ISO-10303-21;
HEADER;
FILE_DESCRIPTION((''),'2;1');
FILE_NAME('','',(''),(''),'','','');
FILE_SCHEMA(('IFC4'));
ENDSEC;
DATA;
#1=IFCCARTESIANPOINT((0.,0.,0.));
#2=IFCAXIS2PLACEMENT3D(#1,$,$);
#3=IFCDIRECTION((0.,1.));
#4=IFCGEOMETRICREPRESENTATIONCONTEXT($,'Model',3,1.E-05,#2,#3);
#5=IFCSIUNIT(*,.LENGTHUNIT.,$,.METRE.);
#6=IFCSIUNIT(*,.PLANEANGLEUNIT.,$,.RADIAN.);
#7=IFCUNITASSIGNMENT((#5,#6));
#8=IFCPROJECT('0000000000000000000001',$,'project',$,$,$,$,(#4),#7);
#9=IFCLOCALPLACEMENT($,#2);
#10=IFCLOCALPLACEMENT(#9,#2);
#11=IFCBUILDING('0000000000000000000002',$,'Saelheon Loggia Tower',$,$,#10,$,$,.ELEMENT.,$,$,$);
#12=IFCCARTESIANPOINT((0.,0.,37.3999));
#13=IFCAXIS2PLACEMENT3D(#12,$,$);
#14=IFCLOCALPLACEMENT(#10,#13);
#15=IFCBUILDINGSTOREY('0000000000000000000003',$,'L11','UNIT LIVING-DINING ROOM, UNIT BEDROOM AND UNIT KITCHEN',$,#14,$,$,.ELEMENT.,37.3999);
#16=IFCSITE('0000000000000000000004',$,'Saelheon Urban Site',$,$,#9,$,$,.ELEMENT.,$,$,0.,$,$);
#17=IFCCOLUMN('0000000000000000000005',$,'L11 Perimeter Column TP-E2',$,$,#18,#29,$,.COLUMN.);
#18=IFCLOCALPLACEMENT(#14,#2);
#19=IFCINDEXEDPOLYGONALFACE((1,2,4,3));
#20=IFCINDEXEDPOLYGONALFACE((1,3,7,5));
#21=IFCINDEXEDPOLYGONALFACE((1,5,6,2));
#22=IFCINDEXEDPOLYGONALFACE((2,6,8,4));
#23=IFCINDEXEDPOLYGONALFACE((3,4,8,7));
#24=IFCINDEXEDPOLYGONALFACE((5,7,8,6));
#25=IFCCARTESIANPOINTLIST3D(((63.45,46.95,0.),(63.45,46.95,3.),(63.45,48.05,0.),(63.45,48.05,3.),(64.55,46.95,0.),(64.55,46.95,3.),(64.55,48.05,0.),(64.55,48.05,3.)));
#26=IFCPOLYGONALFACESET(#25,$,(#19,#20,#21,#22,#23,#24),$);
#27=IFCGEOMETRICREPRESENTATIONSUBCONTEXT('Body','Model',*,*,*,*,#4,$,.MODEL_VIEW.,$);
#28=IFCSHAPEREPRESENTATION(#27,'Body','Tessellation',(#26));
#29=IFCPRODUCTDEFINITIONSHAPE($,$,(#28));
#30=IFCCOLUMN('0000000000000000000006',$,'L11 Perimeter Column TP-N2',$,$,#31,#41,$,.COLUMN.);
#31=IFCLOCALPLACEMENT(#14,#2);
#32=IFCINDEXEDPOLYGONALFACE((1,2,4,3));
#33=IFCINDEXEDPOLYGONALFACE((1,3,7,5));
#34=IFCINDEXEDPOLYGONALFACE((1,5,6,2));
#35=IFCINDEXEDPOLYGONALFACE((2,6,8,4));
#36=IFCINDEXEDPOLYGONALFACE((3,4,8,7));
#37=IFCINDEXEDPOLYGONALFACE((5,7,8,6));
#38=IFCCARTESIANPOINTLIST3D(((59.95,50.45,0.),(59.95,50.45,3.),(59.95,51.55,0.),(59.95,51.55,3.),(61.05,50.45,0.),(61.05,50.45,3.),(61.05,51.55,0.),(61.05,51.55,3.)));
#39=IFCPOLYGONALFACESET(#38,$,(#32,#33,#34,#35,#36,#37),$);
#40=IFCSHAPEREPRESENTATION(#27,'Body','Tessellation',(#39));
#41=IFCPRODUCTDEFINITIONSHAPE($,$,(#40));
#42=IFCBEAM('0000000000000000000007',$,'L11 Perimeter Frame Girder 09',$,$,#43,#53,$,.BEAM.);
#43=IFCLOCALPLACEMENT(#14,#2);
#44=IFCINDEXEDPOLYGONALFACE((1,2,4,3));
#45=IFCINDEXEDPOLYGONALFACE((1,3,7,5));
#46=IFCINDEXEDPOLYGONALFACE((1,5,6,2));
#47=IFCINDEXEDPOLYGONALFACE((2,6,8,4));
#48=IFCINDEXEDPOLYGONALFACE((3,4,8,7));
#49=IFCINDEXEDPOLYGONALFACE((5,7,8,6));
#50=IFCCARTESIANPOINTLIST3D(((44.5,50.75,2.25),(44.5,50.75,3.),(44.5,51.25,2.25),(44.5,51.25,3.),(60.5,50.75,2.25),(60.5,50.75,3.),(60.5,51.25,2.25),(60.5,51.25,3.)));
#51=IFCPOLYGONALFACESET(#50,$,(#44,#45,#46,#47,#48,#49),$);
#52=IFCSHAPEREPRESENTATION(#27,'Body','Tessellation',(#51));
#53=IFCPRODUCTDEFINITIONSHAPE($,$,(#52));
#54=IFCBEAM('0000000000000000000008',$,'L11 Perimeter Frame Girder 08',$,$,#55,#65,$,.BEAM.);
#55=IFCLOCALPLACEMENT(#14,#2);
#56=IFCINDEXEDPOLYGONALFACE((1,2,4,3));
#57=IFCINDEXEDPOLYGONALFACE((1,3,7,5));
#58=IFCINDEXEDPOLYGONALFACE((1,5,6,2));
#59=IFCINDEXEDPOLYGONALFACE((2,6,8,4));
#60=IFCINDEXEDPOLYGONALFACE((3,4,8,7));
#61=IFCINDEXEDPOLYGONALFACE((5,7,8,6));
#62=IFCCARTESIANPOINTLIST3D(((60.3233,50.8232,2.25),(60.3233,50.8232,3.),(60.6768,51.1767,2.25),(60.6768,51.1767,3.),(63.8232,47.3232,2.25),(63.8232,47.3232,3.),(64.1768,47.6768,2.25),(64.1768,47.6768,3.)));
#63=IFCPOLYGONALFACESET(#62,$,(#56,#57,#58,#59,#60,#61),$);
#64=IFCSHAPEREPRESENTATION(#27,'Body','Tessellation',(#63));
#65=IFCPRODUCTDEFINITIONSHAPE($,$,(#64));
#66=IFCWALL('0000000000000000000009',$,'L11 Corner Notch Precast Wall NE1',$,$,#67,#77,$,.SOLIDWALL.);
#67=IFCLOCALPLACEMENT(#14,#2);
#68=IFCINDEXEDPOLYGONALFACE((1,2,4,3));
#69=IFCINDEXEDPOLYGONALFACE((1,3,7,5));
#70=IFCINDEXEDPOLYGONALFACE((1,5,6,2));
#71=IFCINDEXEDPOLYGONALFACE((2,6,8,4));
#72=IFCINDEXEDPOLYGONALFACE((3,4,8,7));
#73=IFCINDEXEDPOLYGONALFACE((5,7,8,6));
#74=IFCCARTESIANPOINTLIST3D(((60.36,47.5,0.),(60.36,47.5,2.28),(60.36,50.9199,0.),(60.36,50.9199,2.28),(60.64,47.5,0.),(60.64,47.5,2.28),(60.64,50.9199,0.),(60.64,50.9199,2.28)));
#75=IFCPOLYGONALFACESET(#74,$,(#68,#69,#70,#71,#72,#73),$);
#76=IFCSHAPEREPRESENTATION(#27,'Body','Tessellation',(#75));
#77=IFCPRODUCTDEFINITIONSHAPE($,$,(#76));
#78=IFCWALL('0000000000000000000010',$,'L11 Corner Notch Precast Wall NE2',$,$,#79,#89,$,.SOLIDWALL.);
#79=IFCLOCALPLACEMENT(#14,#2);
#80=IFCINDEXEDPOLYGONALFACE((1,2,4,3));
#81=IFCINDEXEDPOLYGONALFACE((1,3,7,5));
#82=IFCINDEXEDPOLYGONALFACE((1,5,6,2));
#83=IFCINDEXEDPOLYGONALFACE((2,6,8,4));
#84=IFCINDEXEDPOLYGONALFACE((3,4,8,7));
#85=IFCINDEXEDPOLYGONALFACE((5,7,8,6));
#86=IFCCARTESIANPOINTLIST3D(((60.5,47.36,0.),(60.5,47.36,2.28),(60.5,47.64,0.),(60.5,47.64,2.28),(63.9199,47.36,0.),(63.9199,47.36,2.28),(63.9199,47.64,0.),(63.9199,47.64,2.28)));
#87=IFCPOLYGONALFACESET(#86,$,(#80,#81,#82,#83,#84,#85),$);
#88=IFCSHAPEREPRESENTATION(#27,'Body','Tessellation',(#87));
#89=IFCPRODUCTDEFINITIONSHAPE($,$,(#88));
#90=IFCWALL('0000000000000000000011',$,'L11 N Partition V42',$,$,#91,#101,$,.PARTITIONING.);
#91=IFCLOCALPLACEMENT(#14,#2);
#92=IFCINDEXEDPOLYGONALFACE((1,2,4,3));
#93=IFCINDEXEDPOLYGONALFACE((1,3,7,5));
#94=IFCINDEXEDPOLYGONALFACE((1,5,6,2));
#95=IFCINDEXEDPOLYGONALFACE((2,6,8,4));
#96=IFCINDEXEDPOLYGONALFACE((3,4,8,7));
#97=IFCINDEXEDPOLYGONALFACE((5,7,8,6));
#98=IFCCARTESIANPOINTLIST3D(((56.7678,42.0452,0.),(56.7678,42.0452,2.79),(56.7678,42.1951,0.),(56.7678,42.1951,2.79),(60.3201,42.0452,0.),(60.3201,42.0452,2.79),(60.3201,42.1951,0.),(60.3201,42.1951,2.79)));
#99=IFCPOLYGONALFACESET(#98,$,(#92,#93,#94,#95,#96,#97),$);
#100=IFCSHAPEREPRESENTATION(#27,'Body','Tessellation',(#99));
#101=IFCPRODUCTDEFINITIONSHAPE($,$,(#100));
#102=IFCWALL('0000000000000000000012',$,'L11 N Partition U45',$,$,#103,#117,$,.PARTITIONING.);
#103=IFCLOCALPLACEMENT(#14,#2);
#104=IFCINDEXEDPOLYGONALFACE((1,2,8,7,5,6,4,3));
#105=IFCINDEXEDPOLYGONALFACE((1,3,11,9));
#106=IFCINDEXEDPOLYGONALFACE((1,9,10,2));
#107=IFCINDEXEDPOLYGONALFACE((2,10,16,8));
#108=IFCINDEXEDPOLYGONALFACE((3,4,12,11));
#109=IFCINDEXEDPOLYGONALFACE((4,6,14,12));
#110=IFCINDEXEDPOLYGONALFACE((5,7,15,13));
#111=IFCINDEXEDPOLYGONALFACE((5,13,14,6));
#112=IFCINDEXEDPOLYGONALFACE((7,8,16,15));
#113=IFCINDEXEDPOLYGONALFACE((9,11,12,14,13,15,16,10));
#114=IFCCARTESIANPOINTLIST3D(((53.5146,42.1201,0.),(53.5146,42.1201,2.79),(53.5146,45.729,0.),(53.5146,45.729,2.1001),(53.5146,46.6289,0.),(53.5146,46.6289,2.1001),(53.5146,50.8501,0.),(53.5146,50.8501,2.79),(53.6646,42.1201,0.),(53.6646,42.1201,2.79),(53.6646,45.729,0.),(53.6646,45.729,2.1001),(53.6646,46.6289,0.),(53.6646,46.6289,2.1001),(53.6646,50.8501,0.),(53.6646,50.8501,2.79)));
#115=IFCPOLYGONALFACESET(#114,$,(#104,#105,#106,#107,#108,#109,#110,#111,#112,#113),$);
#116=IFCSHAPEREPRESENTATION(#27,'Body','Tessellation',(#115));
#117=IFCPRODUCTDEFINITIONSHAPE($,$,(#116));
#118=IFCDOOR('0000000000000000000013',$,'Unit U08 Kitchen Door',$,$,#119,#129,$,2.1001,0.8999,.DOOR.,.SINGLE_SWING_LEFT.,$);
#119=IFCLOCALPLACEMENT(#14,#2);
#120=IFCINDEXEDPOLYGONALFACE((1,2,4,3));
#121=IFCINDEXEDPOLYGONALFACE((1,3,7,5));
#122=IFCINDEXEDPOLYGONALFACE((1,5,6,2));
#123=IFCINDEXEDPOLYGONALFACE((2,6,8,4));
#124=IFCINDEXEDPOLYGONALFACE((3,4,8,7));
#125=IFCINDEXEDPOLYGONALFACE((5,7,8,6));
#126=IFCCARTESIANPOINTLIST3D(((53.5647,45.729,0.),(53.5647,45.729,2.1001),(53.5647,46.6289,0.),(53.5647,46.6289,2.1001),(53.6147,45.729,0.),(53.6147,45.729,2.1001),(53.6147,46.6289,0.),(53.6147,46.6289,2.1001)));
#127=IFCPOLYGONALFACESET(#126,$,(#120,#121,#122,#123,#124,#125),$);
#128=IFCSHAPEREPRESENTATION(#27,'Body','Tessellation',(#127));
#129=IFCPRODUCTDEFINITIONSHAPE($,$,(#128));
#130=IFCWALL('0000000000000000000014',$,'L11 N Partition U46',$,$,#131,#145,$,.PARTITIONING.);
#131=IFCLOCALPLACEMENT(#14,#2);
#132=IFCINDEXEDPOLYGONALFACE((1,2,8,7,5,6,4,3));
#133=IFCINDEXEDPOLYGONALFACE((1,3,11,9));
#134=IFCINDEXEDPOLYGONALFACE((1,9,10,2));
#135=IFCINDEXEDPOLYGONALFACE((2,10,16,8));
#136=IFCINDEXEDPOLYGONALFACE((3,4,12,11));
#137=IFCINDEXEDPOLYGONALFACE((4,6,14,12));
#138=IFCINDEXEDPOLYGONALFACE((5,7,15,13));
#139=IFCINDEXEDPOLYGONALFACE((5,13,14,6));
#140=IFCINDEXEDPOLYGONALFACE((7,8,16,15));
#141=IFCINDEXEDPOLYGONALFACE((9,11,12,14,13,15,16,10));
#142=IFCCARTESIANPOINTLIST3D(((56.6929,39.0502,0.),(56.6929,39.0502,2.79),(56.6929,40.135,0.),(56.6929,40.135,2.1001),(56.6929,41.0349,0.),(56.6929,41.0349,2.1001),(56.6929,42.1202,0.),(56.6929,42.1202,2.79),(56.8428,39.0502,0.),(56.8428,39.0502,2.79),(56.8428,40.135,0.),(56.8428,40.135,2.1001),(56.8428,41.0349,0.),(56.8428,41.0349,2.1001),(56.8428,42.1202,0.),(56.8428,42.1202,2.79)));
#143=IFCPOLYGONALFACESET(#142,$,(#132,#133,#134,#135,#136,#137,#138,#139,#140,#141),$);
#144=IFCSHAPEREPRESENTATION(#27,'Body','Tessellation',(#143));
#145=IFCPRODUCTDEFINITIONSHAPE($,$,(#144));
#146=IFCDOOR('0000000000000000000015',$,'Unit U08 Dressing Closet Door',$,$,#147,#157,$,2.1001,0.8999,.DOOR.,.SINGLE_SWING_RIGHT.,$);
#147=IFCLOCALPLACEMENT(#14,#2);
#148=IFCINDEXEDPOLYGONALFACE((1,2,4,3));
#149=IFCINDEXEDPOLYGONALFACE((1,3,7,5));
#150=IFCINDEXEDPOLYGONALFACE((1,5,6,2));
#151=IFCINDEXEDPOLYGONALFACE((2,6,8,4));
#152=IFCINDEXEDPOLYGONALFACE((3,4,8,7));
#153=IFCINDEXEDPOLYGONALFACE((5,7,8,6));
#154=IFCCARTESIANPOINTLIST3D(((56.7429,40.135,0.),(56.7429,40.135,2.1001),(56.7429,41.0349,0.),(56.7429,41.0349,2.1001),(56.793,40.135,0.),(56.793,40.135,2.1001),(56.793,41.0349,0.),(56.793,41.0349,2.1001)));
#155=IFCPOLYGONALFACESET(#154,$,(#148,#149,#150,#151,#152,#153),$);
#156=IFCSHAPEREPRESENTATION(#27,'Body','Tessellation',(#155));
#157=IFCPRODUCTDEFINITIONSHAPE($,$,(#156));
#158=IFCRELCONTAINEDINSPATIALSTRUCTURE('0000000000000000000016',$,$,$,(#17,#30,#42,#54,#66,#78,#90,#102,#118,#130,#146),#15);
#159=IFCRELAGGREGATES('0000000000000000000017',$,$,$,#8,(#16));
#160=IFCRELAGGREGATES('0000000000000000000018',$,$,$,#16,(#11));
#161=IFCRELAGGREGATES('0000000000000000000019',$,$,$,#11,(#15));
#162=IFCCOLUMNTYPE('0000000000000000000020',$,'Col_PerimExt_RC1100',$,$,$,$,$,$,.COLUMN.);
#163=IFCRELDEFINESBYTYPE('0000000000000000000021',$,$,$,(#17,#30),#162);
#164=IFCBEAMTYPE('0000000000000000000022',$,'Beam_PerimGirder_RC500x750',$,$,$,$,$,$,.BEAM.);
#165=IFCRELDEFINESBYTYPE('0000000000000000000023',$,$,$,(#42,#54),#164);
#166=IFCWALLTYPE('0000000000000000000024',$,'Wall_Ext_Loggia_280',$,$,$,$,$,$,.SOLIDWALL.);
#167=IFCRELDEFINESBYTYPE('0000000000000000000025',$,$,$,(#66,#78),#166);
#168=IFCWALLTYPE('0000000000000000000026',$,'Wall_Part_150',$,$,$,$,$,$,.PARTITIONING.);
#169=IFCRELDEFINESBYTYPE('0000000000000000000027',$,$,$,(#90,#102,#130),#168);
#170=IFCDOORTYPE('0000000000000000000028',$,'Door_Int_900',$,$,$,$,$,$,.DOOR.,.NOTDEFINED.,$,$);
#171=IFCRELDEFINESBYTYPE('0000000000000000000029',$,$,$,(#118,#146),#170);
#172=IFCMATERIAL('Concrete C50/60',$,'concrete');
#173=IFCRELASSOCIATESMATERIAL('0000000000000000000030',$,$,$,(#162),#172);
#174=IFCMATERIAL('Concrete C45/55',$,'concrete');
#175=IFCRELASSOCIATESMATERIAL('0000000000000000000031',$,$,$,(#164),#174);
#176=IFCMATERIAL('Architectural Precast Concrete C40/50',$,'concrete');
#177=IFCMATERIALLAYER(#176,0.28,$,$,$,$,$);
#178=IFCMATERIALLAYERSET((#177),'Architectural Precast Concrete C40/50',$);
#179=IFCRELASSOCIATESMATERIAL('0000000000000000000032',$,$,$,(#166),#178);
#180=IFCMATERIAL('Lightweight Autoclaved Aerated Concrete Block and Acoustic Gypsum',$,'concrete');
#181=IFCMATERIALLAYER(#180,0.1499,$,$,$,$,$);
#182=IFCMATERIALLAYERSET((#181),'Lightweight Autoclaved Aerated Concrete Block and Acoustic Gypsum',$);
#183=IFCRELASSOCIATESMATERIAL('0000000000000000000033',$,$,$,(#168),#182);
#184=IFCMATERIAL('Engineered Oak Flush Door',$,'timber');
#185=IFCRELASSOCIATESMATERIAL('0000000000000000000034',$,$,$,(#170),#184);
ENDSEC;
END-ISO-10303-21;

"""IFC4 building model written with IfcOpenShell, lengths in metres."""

from ifc_helpers import new_model, si_unit, direction, frame, frame_2d, origin, origin_2d, place, context, subcontext, project, spatial, rectangle, extrude, source, transform, mapped, material, layer, layer_set, material_profile, profile_set, type_object, element, fill, save


model = new_model("IFC4")

# Units and contexts
model_context = context("Model", 3, precision=1e-05, world=origin(), true_north=direction((0.0, 1.0)))
body_context = subcontext(model_context, "Body", "Model", "MODEL_VIEW")
ifc_project = project(units=[si_unit("LENGTHUNIT", "METRE"), si_unit("PLANEANGLEUNIT", "RADIAN")], contexts=[model_context])

# Site, building, storey
site_placement = place(None, origin())
site = spatial("IfcSite", under=ifc_project, at=site_placement, Name="Saelheon Urban Site", CompositionType="ELEMENT", RefElevation=0.0)
building_placement = place(site_placement, origin())
building = spatial("IfcBuilding", under=site, at=building_placement, Name="Saelheon Loggia Tower", CompositionType="ELEMENT")
storey_placement = place(building_placement, frame((0.0, 0.0, 37.3999)))
storey = spatial("IfcBuildingStorey", under=building, at=storey_placement, Name="L11", Description="UNIT LIVING-DINING ROOM, UNIT BEDROOM AND UNIT KITCHEN", CompositionType="ELEMENT", Elevation=37.3999)

# Columns
ifc_material_1 = material(Name="Concrete C50/60", Category="concrete")
ifc_material_profile_1 = material_profile(ifc_material_1, rectangle(XDim=1.1001, YDim=1.1001, at=origin_2d()), Name="RC-1100x1100")
ifc_profile_set_1 = profile_set([ifc_material_profile_1], Name="Concrete C50/60")
column_type = type_object("IfcColumnType", Name="Col_PerimExt_RC1100", PredefinedType="COLUMN", material=ifc_profile_set_1)
shared_shape_1 = source(origin(), body_context, "Body", "SweptSolid", [
    extrude(rectangle(XDim=1.1001, YDim=1.1001, at=origin_2d()), origin(), (0.0, 0.0, 1.0), 3.0),
])
for number, where, z_axis, x_axis, name in (
    (1, (64.0, 47.5, 0.0), (0.0, 0.0, 1.0), (1.0, 0.0, 0.0), "L11 Perimeter Column TP-E2"),
    (2, (60.5, 51.0, 0.0), (0.0, 0.0, 1.0), (1.0, 0.0, 0.0), "L11 Perimeter Column TP-N2"),
):
    element("IfcColumn", number, at=place(storey_placement, frame(where, z_axis=z_axis, x_axis=x_axis)), inside=storey, type_object=column_type, Name=name, PredefinedType="COLUMN", context=body_context, shape_type="MappedRepresentation", body=[
        mapped(shared_shape_1, transform((0.0, 0.0, 0.0), scale=1.0)),
    ])

# Beams
ifc_material_2 = material(Name="Concrete C45/55", Category="concrete")
ifc_material_profile_2 = material_profile(ifc_material_2, rectangle(XDim=0.5, YDim=0.75, at=origin_2d()), Name="RC-500x750")
ifc_profile_set_2 = profile_set([ifc_material_profile_2], Name="Concrete C45/55")
beam_type = type_object("IfcBeamType", Name="Beam_PerimGirder_RC500x750", PredefinedType="BEAM", material=ifc_profile_set_2)
shared_shape_2 = source(origin(), body_context, "Body", "SweptSolid", [
    extrude(rectangle(XDim=0.5, YDim=0.75, at=origin_2d()), origin(), (0.0, 0.0, 1.0), 16.0),
])
beam_1_placement = place(storey_placement, frame((60.5, 51.0, 2.625), z_axis=(-1.0, 0.0, 0.0), x_axis=(0.0, -1.0, 0.0)))
element("IfcBeam", 3, at=beam_1_placement, inside=storey, type_object=beam_type, Name="L11 Perimeter Frame Girder 09", PredefinedType="BEAM", context=body_context, shape_type="MappedRepresentation", body=[
    mapped(shared_shape_2, transform((0.0, 0.0, 0.0), scale=1.0)),
])
shared_shape_3 = source(origin(), body_context, "Body", "SweptSolid", [
    extrude(rectangle(XDim=0.5, YDim=0.75, at=origin_2d()), origin(), (0.0, 0.0, 1.0), 4.9497),
])
beam_2_placement = place(storey_placement, frame((64.0, 47.5, 2.625), z_axis=(-0.707107, 0.707107, 0.0), x_axis=(-0.707107, -0.707107, 0.0)))
element("IfcBeam", 4, at=beam_2_placement, inside=storey, type_object=beam_type, Name="L11 Perimeter Frame Girder 08", PredefinedType="BEAM", context=body_context, shape_type="MappedRepresentation", body=[
    mapped(shared_shape_3, transform((0.0, 0.0, 0.0), scale=1.0)),
])

# Walls
ifc_material_3 = material(Name="Architectural Precast Concrete C40/50", Category="concrete")
ifc_layer_1 = layer(ifc_material_3, 0.28)
ifc_layer_set_1 = layer_set([ifc_layer_1], Name="Architectural Precast Concrete C40/50")
wall_type_1 = type_object("IfcWallType", Name="Wall_Ext_Loggia_280", PredefinedType="SOLIDWALL", material=ifc_layer_set_1)
for number, where, z_axis, x_axis, name in (
    (5, (60.5, 47.5, 0.0), (0.0, 0.0, 1.0), (0.0, 1.0, 0.0), "L11 Corner Notch Precast Wall NE1"),
    (6, (60.5, 47.5, 0.0), (0.0, 0.0, 1.0), (1.0, 0.0, 0.0), "L11 Corner Notch Precast Wall NE2"),
):
    element("IfcWall", number, at=place(storey_placement, frame(where, z_axis=z_axis, x_axis=x_axis)), inside=storey, type_object=wall_type_1, Name=name, PredefinedType="SOLIDWALL", context=body_context, shape_type="SweptSolid", body=[
        extrude(rectangle(XDim=3.4199, YDim=0.28, at=frame_2d((1.71, 0.0))), origin(), (0.0, 0.0, 1.0), 2.28),
    ])
ifc_material_4 = material(Name="Lightweight Autoclaved Aerated Concrete Block and Acoustic Gypsum", Category="concrete")
ifc_layer_2 = layer(ifc_material_4, 0.1499)
ifc_layer_set_2 = layer_set([ifc_layer_2], Name="Lightweight Autoclaved Aerated Concrete Block and Acoustic Gypsum")
wall_type_2 = type_object("IfcWallType", Name="Wall_Part_150", PredefinedType="PARTITIONING", material=ifc_layer_set_2)
wall_1_placement = place(storey_placement, frame((56.7678, 42.1201, 0.0), z_axis=(0.0, 0.0, 1.0), x_axis=(1.0, 0.0, 0.0)))
element("IfcWall", 7, at=wall_1_placement, inside=storey, type_object=wall_type_2, Name="L11 N Partition V42", PredefinedType="PARTITIONING", context=body_context, shape_type="SweptSolid", body=[
    extrude(rectangle(XDim=3.5522, YDim=0.1499, at=frame_2d((1.7761, 0.0))), origin(), (0.0, 0.0, 1.0), 2.79),
])

# Walls, openings, doors
wall_2_placement = place(storey_placement, frame((53.5896, 42.1201, 0.0), z_axis=(0.0, 0.0, 1.0), x_axis=(0.0, 1.0, 0.0)))
wall_2 = element("IfcWall", 8, at=wall_2_placement, inside=storey, type_object=wall_type_2, Name="L11 N Partition U45", PredefinedType="PARTITIONING", context=body_context, shape_type="SweptSolid", body=[
    extrude(rectangle(XDim=8.73, YDim=0.1499, at=frame_2d((4.365, 0.0))), origin(), (0.0, 0.0, 1.0), 2.79),
])
opening_1_placement = place(wall_2_placement, frame((3.6089, 0.0, 0.0)))
opening_1 = element("IfcOpeningElement", 9, at=opening_1_placement, cuts=wall_2, PredefinedType="OPENING", context=body_context, shape_type="SweptSolid", body=[
    extrude(rectangle(XDim=0.8999, YDim=2.1001, at=frame_2d((0.45, 1.05))), frame((0.0, 0.0869, 0.0), z_axis=(0.0, -1.0, 0.0), x_axis=(1.0, 0.0, 0.0)), (0.0, 0.0, 1.0), 0.1738),
])
ifc_material_5 = material(Name="Engineered Oak Flush Door", Category="timber")
door_type_1 = type_object("IfcDoorType", Name="Door_Int_900", OperationType="NOTDEFINED", PredefinedType="DOOR", material=ifc_material_5)
shared_shape_4 = source(origin(), body_context, "Body", "SweptSolid", [
    extrude(rectangle(XDim=0.8999, YDim=2.1001, at=frame_2d((0.45, 1.05))), frame((0.0, 0.0249, 0.0), z_axis=(0.0, -1.0, 0.0), x_axis=(1.0, 0.0, 0.0)), (0.0, 0.0, 1.0), 0.05),
])
door_1_placement = place(opening_1_placement, origin())
door_1 = element("IfcDoor", 10, at=door_1_placement, inside=storey, type_object=door_type_1, Name="Unit U08 Kitchen Door", OperationType="SINGLE_SWING_LEFT", OverallHeight=2.1001, OverallWidth=0.8999, PredefinedType="DOOR", context=body_context, shape_type="MappedRepresentation", body=[
    mapped(shared_shape_4, transform((0.0, 0.0, 0.0), scale=1.0)),
])
fill(opening_1, door_1)
wall_3_placement = place(storey_placement, frame((56.7678, 39.05, 0.0), z_axis=(0.0, 0.0, 1.0), x_axis=(0.0, 1.0, 0.0)))
wall_3 = element("IfcWall", 11, at=wall_3_placement, inside=storey, type_object=wall_type_2, Name="L11 N Partition U46", PredefinedType="PARTITIONING", context=body_context, shape_type="SweptSolid", body=[
    extrude(rectangle(XDim=3.0701, YDim=0.1499, at=frame_2d((1.5352, 0.0))), origin(), (0.0, 0.0, 1.0), 2.79),
])
opening_2_placement = place(wall_3_placement, frame((1.085, 0.0, 0.0)))
opening_2 = element("IfcOpeningElement", 12, at=opening_2_placement, cuts=wall_3, PredefinedType="OPENING", context=body_context, shape_type="SweptSolid", body=[
    extrude(rectangle(XDim=0.8999, YDim=2.1001, at=frame_2d((0.45, 1.05))), frame((0.0, 0.0869, 0.0), z_axis=(0.0, -1.0, 0.0), x_axis=(1.0, 0.0, 0.0)), (0.0, 0.0, 1.0), 0.1738),
])
door_2_placement = place(opening_2_placement, origin())
door_2 = element("IfcDoor", 13, at=door_2_placement, inside=storey, type_object=door_type_1, Name="Unit U08 Dressing Closet Door", OperationType="SINGLE_SWING_RIGHT", OverallHeight=2.1001, OverallWidth=0.8999, PredefinedType="DOOR", context=body_context, shape_type="MappedRepresentation", body=[
    mapped(shared_shape_4, transform((0.0, 0.0, 0.0), scale=1.0)),
])
fill(opening_2, door_2)

save(model, "model.ifc")
